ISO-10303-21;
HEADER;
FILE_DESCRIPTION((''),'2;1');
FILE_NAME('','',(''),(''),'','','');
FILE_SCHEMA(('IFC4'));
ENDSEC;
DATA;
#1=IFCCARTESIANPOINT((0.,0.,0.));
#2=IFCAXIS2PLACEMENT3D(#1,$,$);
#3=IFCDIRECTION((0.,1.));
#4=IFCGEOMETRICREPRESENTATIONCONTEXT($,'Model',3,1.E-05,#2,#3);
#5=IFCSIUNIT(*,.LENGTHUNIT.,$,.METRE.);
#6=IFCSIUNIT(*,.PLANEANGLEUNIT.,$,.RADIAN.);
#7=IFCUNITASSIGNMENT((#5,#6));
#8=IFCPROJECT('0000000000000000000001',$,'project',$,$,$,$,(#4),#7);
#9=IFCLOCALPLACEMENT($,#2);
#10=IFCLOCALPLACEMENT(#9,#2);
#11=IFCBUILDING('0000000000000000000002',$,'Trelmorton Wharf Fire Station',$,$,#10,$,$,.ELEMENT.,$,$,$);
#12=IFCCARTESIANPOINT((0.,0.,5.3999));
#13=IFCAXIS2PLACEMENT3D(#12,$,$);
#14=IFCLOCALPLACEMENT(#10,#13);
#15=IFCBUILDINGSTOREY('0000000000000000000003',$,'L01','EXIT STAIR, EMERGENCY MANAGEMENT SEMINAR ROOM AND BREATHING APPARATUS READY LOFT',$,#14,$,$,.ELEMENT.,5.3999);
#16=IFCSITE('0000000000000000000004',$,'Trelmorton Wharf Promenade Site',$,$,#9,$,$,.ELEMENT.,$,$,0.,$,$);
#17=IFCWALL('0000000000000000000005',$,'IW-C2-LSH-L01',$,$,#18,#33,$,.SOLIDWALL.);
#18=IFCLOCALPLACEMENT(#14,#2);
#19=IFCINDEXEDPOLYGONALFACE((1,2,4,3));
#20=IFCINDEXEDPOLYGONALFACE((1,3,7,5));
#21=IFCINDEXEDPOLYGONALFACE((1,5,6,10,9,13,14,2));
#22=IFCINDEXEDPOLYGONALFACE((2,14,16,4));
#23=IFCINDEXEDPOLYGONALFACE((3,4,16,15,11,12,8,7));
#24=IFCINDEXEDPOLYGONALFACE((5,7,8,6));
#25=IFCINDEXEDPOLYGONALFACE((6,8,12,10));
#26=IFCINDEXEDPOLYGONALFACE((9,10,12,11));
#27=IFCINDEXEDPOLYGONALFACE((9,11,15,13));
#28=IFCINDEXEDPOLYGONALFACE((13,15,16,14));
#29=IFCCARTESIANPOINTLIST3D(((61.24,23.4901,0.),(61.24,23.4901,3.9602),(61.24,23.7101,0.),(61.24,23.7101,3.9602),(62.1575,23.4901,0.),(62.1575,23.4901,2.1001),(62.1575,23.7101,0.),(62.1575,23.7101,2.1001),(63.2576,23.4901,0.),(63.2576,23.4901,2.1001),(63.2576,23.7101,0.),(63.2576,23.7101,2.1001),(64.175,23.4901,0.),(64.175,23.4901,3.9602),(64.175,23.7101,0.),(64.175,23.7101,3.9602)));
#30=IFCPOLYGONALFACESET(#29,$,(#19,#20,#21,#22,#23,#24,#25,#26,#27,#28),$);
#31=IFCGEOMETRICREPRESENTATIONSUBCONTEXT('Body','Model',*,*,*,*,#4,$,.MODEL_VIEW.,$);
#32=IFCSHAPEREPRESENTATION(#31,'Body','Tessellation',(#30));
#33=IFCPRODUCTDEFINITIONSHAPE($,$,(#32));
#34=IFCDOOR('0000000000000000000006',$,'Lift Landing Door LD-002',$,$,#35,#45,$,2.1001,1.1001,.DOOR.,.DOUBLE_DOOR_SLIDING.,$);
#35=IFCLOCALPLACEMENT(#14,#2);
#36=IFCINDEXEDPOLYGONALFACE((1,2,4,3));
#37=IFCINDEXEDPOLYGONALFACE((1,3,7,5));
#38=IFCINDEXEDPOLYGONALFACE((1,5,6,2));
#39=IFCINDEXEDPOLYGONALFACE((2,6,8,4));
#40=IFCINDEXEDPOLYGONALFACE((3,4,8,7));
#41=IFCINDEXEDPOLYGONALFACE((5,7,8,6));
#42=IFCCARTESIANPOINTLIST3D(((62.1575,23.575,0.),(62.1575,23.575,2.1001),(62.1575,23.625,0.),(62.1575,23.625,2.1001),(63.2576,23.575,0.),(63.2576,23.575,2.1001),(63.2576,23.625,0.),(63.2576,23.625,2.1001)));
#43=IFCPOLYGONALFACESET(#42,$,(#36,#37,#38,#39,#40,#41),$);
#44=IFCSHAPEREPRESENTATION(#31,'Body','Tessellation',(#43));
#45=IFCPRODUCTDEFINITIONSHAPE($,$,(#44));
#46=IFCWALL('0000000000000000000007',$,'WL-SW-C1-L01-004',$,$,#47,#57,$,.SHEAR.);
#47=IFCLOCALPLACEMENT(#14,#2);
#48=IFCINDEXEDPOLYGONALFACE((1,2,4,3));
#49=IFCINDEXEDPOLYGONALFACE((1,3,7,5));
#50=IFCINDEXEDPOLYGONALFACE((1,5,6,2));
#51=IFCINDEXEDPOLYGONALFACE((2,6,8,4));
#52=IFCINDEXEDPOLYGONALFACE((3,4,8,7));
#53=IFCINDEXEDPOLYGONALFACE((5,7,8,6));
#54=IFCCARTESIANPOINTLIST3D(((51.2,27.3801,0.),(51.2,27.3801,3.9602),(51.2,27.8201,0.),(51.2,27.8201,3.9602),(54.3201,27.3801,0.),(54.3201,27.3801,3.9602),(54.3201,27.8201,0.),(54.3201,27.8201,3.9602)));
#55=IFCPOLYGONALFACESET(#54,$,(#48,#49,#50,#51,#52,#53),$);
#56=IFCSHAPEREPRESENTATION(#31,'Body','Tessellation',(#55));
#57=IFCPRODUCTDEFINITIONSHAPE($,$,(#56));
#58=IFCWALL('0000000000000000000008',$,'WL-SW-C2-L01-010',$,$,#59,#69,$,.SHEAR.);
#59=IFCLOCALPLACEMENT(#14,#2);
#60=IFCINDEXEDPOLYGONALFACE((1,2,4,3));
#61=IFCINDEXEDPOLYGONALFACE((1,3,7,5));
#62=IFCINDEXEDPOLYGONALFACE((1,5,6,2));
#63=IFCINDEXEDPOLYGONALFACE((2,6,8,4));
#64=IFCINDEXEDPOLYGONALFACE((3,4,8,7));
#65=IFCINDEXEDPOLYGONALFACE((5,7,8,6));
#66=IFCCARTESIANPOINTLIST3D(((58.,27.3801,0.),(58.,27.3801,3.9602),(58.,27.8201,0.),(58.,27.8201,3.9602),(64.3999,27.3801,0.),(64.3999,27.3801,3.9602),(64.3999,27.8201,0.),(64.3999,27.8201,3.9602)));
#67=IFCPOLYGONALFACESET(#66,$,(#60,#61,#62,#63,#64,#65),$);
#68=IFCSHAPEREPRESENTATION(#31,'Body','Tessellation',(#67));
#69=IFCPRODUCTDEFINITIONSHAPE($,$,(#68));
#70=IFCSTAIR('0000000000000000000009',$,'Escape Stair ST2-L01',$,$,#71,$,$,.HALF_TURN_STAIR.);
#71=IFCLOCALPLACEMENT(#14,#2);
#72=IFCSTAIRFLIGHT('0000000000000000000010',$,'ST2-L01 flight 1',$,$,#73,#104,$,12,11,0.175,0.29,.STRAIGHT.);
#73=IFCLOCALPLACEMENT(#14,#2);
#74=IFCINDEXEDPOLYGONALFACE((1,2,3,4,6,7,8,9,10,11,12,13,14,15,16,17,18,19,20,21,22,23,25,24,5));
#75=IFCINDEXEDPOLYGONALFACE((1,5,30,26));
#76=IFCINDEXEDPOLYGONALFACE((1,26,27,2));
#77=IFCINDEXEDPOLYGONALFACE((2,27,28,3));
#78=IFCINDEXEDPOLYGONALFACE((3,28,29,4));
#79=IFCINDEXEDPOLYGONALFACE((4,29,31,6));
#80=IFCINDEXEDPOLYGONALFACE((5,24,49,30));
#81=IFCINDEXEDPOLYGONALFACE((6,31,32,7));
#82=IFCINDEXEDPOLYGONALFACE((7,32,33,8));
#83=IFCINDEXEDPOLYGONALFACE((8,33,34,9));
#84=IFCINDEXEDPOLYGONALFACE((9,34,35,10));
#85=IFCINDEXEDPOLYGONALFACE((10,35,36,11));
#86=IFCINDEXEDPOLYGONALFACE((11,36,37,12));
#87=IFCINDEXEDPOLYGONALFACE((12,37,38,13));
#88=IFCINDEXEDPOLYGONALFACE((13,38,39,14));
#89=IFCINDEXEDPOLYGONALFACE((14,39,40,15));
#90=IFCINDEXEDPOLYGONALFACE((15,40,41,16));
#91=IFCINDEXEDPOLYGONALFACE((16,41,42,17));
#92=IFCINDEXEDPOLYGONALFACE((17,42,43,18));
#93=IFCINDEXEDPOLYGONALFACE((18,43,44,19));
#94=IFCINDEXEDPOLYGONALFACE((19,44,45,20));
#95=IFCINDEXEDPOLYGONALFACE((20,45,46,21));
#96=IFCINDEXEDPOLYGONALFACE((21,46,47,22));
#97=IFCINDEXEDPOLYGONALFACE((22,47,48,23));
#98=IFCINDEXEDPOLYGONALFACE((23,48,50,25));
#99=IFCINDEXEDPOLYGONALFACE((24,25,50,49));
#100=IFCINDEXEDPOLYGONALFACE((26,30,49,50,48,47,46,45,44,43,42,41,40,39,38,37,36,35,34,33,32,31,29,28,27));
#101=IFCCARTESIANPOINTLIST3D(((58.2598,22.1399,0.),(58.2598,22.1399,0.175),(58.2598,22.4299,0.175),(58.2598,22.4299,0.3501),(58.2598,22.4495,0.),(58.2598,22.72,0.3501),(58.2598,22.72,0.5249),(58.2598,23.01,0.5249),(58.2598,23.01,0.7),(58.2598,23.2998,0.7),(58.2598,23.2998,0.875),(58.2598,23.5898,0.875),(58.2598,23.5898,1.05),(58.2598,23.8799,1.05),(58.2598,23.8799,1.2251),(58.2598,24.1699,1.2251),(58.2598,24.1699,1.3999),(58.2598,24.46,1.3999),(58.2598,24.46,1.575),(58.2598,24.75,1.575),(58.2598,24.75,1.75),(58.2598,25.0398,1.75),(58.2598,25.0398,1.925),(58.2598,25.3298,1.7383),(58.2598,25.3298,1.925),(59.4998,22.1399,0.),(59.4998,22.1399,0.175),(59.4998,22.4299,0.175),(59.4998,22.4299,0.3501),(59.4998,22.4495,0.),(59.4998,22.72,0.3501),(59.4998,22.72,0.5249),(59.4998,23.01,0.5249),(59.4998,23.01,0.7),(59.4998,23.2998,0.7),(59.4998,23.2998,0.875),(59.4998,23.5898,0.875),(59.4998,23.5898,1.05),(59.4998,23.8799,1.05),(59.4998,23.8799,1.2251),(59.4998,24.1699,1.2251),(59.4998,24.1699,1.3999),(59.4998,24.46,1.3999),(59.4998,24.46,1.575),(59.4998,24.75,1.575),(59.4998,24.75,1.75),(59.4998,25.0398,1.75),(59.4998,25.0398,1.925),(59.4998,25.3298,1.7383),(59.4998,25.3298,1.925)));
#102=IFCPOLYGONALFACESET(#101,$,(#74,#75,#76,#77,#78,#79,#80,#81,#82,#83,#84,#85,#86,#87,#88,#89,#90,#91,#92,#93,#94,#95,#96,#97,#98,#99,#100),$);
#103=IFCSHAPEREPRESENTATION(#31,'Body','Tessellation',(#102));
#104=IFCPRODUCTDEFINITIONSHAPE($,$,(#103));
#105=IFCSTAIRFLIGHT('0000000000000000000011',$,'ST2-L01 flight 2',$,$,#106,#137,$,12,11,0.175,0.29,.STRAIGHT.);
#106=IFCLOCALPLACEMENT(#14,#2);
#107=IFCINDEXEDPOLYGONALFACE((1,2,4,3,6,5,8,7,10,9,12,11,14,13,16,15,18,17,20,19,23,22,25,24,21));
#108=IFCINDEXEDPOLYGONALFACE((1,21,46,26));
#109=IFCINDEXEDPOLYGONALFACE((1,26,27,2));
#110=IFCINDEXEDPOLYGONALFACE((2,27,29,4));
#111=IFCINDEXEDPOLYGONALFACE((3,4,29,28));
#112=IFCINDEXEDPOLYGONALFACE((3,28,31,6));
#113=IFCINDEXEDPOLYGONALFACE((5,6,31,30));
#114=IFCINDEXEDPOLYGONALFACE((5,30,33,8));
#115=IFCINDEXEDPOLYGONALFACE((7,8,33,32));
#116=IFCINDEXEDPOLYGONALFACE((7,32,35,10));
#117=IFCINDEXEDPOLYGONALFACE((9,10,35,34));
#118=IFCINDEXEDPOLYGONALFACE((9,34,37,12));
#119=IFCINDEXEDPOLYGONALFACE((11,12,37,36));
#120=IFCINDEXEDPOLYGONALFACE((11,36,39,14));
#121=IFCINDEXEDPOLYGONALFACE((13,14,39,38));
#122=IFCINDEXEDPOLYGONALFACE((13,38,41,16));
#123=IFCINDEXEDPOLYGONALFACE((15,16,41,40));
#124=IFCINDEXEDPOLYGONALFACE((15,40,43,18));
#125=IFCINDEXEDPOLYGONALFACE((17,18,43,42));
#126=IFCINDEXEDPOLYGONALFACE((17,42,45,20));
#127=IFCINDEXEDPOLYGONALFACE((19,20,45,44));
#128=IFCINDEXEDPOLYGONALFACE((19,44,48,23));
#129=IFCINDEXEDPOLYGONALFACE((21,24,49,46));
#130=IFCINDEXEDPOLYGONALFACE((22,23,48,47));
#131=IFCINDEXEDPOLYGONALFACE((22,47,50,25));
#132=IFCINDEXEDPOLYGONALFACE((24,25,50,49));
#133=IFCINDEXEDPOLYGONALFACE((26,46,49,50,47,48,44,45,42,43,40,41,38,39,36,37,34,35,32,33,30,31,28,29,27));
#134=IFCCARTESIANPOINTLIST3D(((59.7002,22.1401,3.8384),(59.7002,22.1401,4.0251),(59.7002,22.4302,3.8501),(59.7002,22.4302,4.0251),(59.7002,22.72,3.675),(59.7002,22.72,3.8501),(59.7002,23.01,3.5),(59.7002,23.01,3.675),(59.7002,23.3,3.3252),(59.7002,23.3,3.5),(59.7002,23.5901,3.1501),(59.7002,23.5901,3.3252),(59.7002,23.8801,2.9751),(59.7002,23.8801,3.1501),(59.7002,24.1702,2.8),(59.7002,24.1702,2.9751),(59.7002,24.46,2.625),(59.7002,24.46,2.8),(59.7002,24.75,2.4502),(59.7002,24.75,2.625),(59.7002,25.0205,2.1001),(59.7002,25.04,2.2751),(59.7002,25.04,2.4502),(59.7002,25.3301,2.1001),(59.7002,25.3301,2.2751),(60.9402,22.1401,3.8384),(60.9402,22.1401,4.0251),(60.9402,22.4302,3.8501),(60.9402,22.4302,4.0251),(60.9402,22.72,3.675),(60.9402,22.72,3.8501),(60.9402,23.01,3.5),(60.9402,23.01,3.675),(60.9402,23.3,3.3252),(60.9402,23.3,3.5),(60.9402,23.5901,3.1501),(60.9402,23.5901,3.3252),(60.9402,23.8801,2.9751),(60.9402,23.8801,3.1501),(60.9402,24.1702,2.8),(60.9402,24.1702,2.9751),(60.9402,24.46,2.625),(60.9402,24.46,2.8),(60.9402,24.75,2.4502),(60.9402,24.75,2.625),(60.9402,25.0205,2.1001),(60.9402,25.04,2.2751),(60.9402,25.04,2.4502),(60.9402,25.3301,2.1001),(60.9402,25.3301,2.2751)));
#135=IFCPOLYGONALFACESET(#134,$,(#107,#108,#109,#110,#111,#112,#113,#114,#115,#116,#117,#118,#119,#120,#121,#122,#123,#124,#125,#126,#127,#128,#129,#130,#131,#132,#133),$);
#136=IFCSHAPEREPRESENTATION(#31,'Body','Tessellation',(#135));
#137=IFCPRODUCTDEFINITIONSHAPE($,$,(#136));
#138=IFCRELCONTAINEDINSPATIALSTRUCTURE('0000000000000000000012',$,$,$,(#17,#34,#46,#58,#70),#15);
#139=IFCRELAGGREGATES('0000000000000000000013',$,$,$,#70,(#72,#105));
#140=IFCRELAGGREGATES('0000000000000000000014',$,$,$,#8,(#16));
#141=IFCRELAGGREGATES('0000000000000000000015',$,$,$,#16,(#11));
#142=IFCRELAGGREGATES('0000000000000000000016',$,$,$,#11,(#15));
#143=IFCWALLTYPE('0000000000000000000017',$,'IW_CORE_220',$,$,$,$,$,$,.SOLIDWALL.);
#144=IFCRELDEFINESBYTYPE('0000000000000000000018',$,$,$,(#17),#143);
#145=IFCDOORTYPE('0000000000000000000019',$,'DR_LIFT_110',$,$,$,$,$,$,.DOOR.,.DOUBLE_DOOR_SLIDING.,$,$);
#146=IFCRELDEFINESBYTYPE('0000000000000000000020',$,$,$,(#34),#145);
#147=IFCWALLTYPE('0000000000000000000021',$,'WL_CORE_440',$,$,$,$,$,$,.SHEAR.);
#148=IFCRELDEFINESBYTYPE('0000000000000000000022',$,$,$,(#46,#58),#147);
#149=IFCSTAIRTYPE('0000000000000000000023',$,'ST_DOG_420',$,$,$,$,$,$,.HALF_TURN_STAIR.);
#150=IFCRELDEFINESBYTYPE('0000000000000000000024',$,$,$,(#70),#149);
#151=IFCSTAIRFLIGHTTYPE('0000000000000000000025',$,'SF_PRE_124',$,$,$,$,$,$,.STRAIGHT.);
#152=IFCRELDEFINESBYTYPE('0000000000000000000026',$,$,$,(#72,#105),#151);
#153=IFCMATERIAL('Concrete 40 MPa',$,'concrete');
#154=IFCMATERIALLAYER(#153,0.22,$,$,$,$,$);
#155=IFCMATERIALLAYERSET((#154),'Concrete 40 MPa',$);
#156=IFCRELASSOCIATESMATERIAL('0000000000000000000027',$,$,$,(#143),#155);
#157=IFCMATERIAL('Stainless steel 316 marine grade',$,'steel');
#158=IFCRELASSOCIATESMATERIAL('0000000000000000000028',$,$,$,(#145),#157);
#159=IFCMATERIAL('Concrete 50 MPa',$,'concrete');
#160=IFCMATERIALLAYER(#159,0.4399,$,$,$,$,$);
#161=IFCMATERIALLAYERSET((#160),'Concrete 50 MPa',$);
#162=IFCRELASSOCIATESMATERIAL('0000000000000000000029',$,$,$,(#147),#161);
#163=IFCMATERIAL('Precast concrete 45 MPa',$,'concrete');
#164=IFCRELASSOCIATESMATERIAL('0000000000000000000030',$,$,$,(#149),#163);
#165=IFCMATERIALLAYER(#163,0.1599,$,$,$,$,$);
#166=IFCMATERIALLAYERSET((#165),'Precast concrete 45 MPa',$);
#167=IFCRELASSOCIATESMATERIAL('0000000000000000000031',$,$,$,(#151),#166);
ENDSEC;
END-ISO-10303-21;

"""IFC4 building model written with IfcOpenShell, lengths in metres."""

from ifc_helpers import new_model, si_unit, direction, frame, frame_2d, origin, place, context, subcontext, project, spatial, polyline, rectangle, outline, extrude, material, layer, layer_set, type_object, element, fill, aggregate, save


model = new_model("IFC4")

# Units and contexts
model_context = context("Model", 3, precision=1e-05, world=origin(), true_north=direction((0.0, 1.0)))
body_context = subcontext(model_context, "Body", "Model", "MODEL_VIEW")
ifc_project = project(units=[si_unit("LENGTHUNIT", "METRE"), si_unit("PLANEANGLEUNIT", "RADIAN")], contexts=[model_context])

# Site, building, storey
site_placement = place(None, origin())
site = spatial("IfcSite", under=ifc_project, at=site_placement, Name="Trelmorton Wharf Promenade Site", CompositionType="ELEMENT", RefElevation=0.0)
building_placement = place(site_placement, origin())
building = spatial("IfcBuilding", under=site, at=building_placement, Name="Trelmorton Wharf Fire Station", CompositionType="ELEMENT")
storey_placement = place(building_placement, frame((0.0, 0.0, 5.3999)))
storey = spatial("IfcBuildingStorey", under=building, at=storey_placement, Name="L01", Description="EXIT STAIR, EMERGENCY MANAGEMENT SEMINAR ROOM AND BREATHING APPARATUS READY LOFT", CompositionType="ELEMENT", Elevation=5.3999)

# Shared definitions
ifc_material_1 = material(Name="Concrete 40 MPa", Category="concrete")
ifc_layer_1 = layer(ifc_material_1, 0.22)
ifc_layer_set_1 = layer_set([ifc_layer_1], Name="Concrete 40 MPa")
wall_type_1 = type_object("IfcWallType", Name="IW_CORE_220", PredefinedType="SOLIDWALL", material=ifc_layer_set_1)

# Wall, opening, door
wall_1_placement = place(storey_placement, frame((61.24, 23.6001, 0.0), z_axis=(0.0, 0.0, 1.0), x_axis=(1.0, 0.0, 0.0)))
wall_1 = element("IfcWall", 1, at=wall_1_placement, inside=storey, type_object=wall_type_1, Name="IW-C2-LSH-L01", PredefinedType="SOLIDWALL", context=body_context, shape_type="SweptSolid", body=[
    extrude(rectangle(XDim=2.9351, YDim=0.22, at=frame_2d((1.4675, 0.0))), origin(), (0.0, 0.0, 1.0), 3.9602),
])
opening_placement = place(wall_1_placement, frame((0.9175, 0.0, 0.0)))
opening = element("IfcOpeningElement", 2, at=opening_placement, cuts=wall_1, PredefinedType="OPENING", context=body_context, shape_type="SweptSolid", body=[
    extrude(rectangle(XDim=1.1001, YDim=2.1001, at=frame_2d((0.55, 1.05))), frame((0.0, 0.1201, 0.0), z_axis=(0.0, -1.0, 0.0), x_axis=(1.0, 0.0, 0.0)), (0.0, 0.0, 1.0), 0.24),
])
ifc_material_2 = material(Name="Stainless steel 316 marine grade", Category="steel")
door_type = type_object("IfcDoorType", Name="DR_LIFT_110", OperationType="DOUBLE_DOOR_SLIDING", PredefinedType="DOOR", material=ifc_material_2)
door_placement = place(opening_placement, origin())
door = element("IfcDoor", 3, at=door_placement, inside=storey, type_object=door_type, Name="Lift Landing Door LD-002", OperationType="DOUBLE_DOOR_SLIDING", OverallHeight=2.1001, OverallWidth=1.1001, PredefinedType="DOOR", context=body_context, shape_type="SweptSolid", body=[
    extrude(rectangle(XDim=1.1001, YDim=2.1001, at=frame_2d((0.55, 1.05))), frame((0.0, 0.0249, 0.0), z_axis=(0.0, -1.0, 0.0), x_axis=(1.0, 0.0, 0.0)), (0.0, 0.0, 1.0), 0.05),
])
fill(opening, door)

# Walls
ifc_material_3 = material(Name="Concrete 50 MPa", Category="concrete")
ifc_layer_2 = layer(ifc_material_3, 0.4399)
ifc_layer_set_2 = layer_set([ifc_layer_2], Name="Concrete 50 MPa")
wall_type_2 = type_object("IfcWallType", Name="WL_CORE_440", PredefinedType="SHEAR", material=ifc_layer_set_2)
wall_2_placement = place(storey_placement, frame((51.2, 27.6001, 0.0), z_axis=(0.0, 0.0, 1.0), x_axis=(1.0, 0.0, 0.0)))
element("IfcWall", 4, at=wall_2_placement, inside=storey, type_object=wall_type_2, Name="WL-SW-C1-L01-004", PredefinedType="SHEAR", context=body_context, shape_type="SweptSolid", body=[
    extrude(rectangle(XDim=3.1201, YDim=0.4399, at=frame_2d((1.5601, 0.0))), origin(), (0.0, 0.0, 1.0), 3.9602),
])
wall_3_placement = place(storey_placement, frame((58.0, 27.6001, 0.0), z_axis=(0.0, 0.0, 1.0), x_axis=(1.0, 0.0, 0.0)))
element("IfcWall", 5, at=wall_3_placement, inside=storey, type_object=wall_type_2, Name="WL-SW-C2-L01-010", PredefinedType="SHEAR", context=body_context, shape_type="SweptSolid", body=[
    extrude(rectangle(XDim=6.3999, YDim=0.4399, at=frame_2d((3.2, 0.0))), origin(), (0.0, 0.0, 1.0), 3.9602),
])

# Stair, stair flights
ifc_material_4 = material(Name="Precast concrete 45 MPa", Category="concrete")
stair_type = type_object("IfcStairType", Name="ST_DOG_420", PredefinedType="HALF_TURN_STAIR", material=ifc_material_4)
stair_placement = place(storey_placement, origin())
stair = element("IfcStair", 6, at=stair_placement, inside=storey, type_object=stair_type, Name="Escape Stair ST2-L01", PredefinedType="HALF_TURN_STAIR")
ifc_layer_3 = layer(ifc_material_4, 0.1599)
ifc_layer_set_3 = layer_set([ifc_layer_3], Name="Precast concrete 45 MPa")
stair_flight_type = type_object("IfcStairFlightType", Name="SF_PRE_124", PredefinedType="STRAIGHT", material=ifc_layer_set_3)
stair_flight_1_placement = place(storey_placement, frame((58.8799, 22.1399, 0.0), z_axis=(0.0, 0.0, 1.0), x_axis=(0.0, 1.0, 0.0)))
stair_flight_1 = element("IfcStairFlight", 7, at=stair_flight_1_placement, type_object=stair_flight_type, Name="ST2-L01 flight 1", NumberOfRisers=12, NumberOfTreads=11, PredefinedType="STRAIGHT", RiserHeight=0.175, TreadLength=0.29, context=body_context, shape_type="SweptSolid", body=[
    extrude(outline(polyline([(0.0, 0.0), (0.0, 0.175), (0.29, 0.175), (0.29, 0.3501), (0.5801, 0.3501), (0.5801, 0.5249), (0.8701, 0.5249), (0.8701, 0.7), (1.1599, 0.7), (1.1599, 0.875), (1.45, 0.875), (1.45, 1.05), (1.74, 1.05), (1.74, 1.2251), (2.03, 1.2251), (2.03, 1.3999), (2.3201, 1.3999), (2.3201, 1.575), (2.6101, 1.575), (2.6101, 1.75), (2.8999, 1.75), (2.8999, 1.925), (3.1899, 1.925), (3.1899, 2.1001), (3.1899, 1.7383), (0.3096, 0.0), (0.0, 0.0)])), frame((0.0, 0.6201, 0.0), z_axis=(0.0, -1.0, 0.0), x_axis=(1.0, 0.0, 0.0)), (0.0, 0.0, 1.0), 1.24),
])
stair_flight_2_placement = place(storey_placement, frame((60.3201, 25.3301, 2.1001), z_axis=(0.0, 0.0, 1.0), x_axis=(0.0, -1.0, 0.0)))
stair_flight_2 = element("IfcStairFlight", 8, at=stair_flight_2_placement, type_object=stair_flight_type, Name="ST2-L01 flight 2", NumberOfRisers=12, NumberOfTreads=11, PredefinedType="STRAIGHT", RiserHeight=0.175, TreadLength=0.29, context=body_context, shape_type="SweptSolid", body=[
    extrude(outline(polyline([(0.0, 0.0), (0.0, 0.175), (0.29, 0.175), (0.29, 0.3501), (0.5801, 0.3501), (0.5801, 0.5249), (0.8701, 0.5249), (0.8701, 0.7), (1.1599, 0.7), (1.1599, 0.875), (1.45, 0.875), (1.45, 1.05), (1.74, 1.05), (1.74, 1.2251), (2.03, 1.2251), (2.03, 1.3999), (2.3201, 1.3999), (2.3201, 1.575), (2.6101, 1.575), (2.6101, 1.75), (2.8999, 1.75), (2.8999, 1.925), (3.1899, 1.925), (3.1899, 2.1001), (3.1899, 1.7383), (0.3096, 0.0), (0.0, 0.0)])), frame((0.0, 0.6201, 0.0), z_axis=(0.0, -1.0, 0.0), x_axis=(1.0, 0.0, 0.0)), (0.0, 0.0, 1.0), 1.24),
])
aggregate(stair, [stair_flight_1, stair_flight_2])

save(model, "model.ifc")
